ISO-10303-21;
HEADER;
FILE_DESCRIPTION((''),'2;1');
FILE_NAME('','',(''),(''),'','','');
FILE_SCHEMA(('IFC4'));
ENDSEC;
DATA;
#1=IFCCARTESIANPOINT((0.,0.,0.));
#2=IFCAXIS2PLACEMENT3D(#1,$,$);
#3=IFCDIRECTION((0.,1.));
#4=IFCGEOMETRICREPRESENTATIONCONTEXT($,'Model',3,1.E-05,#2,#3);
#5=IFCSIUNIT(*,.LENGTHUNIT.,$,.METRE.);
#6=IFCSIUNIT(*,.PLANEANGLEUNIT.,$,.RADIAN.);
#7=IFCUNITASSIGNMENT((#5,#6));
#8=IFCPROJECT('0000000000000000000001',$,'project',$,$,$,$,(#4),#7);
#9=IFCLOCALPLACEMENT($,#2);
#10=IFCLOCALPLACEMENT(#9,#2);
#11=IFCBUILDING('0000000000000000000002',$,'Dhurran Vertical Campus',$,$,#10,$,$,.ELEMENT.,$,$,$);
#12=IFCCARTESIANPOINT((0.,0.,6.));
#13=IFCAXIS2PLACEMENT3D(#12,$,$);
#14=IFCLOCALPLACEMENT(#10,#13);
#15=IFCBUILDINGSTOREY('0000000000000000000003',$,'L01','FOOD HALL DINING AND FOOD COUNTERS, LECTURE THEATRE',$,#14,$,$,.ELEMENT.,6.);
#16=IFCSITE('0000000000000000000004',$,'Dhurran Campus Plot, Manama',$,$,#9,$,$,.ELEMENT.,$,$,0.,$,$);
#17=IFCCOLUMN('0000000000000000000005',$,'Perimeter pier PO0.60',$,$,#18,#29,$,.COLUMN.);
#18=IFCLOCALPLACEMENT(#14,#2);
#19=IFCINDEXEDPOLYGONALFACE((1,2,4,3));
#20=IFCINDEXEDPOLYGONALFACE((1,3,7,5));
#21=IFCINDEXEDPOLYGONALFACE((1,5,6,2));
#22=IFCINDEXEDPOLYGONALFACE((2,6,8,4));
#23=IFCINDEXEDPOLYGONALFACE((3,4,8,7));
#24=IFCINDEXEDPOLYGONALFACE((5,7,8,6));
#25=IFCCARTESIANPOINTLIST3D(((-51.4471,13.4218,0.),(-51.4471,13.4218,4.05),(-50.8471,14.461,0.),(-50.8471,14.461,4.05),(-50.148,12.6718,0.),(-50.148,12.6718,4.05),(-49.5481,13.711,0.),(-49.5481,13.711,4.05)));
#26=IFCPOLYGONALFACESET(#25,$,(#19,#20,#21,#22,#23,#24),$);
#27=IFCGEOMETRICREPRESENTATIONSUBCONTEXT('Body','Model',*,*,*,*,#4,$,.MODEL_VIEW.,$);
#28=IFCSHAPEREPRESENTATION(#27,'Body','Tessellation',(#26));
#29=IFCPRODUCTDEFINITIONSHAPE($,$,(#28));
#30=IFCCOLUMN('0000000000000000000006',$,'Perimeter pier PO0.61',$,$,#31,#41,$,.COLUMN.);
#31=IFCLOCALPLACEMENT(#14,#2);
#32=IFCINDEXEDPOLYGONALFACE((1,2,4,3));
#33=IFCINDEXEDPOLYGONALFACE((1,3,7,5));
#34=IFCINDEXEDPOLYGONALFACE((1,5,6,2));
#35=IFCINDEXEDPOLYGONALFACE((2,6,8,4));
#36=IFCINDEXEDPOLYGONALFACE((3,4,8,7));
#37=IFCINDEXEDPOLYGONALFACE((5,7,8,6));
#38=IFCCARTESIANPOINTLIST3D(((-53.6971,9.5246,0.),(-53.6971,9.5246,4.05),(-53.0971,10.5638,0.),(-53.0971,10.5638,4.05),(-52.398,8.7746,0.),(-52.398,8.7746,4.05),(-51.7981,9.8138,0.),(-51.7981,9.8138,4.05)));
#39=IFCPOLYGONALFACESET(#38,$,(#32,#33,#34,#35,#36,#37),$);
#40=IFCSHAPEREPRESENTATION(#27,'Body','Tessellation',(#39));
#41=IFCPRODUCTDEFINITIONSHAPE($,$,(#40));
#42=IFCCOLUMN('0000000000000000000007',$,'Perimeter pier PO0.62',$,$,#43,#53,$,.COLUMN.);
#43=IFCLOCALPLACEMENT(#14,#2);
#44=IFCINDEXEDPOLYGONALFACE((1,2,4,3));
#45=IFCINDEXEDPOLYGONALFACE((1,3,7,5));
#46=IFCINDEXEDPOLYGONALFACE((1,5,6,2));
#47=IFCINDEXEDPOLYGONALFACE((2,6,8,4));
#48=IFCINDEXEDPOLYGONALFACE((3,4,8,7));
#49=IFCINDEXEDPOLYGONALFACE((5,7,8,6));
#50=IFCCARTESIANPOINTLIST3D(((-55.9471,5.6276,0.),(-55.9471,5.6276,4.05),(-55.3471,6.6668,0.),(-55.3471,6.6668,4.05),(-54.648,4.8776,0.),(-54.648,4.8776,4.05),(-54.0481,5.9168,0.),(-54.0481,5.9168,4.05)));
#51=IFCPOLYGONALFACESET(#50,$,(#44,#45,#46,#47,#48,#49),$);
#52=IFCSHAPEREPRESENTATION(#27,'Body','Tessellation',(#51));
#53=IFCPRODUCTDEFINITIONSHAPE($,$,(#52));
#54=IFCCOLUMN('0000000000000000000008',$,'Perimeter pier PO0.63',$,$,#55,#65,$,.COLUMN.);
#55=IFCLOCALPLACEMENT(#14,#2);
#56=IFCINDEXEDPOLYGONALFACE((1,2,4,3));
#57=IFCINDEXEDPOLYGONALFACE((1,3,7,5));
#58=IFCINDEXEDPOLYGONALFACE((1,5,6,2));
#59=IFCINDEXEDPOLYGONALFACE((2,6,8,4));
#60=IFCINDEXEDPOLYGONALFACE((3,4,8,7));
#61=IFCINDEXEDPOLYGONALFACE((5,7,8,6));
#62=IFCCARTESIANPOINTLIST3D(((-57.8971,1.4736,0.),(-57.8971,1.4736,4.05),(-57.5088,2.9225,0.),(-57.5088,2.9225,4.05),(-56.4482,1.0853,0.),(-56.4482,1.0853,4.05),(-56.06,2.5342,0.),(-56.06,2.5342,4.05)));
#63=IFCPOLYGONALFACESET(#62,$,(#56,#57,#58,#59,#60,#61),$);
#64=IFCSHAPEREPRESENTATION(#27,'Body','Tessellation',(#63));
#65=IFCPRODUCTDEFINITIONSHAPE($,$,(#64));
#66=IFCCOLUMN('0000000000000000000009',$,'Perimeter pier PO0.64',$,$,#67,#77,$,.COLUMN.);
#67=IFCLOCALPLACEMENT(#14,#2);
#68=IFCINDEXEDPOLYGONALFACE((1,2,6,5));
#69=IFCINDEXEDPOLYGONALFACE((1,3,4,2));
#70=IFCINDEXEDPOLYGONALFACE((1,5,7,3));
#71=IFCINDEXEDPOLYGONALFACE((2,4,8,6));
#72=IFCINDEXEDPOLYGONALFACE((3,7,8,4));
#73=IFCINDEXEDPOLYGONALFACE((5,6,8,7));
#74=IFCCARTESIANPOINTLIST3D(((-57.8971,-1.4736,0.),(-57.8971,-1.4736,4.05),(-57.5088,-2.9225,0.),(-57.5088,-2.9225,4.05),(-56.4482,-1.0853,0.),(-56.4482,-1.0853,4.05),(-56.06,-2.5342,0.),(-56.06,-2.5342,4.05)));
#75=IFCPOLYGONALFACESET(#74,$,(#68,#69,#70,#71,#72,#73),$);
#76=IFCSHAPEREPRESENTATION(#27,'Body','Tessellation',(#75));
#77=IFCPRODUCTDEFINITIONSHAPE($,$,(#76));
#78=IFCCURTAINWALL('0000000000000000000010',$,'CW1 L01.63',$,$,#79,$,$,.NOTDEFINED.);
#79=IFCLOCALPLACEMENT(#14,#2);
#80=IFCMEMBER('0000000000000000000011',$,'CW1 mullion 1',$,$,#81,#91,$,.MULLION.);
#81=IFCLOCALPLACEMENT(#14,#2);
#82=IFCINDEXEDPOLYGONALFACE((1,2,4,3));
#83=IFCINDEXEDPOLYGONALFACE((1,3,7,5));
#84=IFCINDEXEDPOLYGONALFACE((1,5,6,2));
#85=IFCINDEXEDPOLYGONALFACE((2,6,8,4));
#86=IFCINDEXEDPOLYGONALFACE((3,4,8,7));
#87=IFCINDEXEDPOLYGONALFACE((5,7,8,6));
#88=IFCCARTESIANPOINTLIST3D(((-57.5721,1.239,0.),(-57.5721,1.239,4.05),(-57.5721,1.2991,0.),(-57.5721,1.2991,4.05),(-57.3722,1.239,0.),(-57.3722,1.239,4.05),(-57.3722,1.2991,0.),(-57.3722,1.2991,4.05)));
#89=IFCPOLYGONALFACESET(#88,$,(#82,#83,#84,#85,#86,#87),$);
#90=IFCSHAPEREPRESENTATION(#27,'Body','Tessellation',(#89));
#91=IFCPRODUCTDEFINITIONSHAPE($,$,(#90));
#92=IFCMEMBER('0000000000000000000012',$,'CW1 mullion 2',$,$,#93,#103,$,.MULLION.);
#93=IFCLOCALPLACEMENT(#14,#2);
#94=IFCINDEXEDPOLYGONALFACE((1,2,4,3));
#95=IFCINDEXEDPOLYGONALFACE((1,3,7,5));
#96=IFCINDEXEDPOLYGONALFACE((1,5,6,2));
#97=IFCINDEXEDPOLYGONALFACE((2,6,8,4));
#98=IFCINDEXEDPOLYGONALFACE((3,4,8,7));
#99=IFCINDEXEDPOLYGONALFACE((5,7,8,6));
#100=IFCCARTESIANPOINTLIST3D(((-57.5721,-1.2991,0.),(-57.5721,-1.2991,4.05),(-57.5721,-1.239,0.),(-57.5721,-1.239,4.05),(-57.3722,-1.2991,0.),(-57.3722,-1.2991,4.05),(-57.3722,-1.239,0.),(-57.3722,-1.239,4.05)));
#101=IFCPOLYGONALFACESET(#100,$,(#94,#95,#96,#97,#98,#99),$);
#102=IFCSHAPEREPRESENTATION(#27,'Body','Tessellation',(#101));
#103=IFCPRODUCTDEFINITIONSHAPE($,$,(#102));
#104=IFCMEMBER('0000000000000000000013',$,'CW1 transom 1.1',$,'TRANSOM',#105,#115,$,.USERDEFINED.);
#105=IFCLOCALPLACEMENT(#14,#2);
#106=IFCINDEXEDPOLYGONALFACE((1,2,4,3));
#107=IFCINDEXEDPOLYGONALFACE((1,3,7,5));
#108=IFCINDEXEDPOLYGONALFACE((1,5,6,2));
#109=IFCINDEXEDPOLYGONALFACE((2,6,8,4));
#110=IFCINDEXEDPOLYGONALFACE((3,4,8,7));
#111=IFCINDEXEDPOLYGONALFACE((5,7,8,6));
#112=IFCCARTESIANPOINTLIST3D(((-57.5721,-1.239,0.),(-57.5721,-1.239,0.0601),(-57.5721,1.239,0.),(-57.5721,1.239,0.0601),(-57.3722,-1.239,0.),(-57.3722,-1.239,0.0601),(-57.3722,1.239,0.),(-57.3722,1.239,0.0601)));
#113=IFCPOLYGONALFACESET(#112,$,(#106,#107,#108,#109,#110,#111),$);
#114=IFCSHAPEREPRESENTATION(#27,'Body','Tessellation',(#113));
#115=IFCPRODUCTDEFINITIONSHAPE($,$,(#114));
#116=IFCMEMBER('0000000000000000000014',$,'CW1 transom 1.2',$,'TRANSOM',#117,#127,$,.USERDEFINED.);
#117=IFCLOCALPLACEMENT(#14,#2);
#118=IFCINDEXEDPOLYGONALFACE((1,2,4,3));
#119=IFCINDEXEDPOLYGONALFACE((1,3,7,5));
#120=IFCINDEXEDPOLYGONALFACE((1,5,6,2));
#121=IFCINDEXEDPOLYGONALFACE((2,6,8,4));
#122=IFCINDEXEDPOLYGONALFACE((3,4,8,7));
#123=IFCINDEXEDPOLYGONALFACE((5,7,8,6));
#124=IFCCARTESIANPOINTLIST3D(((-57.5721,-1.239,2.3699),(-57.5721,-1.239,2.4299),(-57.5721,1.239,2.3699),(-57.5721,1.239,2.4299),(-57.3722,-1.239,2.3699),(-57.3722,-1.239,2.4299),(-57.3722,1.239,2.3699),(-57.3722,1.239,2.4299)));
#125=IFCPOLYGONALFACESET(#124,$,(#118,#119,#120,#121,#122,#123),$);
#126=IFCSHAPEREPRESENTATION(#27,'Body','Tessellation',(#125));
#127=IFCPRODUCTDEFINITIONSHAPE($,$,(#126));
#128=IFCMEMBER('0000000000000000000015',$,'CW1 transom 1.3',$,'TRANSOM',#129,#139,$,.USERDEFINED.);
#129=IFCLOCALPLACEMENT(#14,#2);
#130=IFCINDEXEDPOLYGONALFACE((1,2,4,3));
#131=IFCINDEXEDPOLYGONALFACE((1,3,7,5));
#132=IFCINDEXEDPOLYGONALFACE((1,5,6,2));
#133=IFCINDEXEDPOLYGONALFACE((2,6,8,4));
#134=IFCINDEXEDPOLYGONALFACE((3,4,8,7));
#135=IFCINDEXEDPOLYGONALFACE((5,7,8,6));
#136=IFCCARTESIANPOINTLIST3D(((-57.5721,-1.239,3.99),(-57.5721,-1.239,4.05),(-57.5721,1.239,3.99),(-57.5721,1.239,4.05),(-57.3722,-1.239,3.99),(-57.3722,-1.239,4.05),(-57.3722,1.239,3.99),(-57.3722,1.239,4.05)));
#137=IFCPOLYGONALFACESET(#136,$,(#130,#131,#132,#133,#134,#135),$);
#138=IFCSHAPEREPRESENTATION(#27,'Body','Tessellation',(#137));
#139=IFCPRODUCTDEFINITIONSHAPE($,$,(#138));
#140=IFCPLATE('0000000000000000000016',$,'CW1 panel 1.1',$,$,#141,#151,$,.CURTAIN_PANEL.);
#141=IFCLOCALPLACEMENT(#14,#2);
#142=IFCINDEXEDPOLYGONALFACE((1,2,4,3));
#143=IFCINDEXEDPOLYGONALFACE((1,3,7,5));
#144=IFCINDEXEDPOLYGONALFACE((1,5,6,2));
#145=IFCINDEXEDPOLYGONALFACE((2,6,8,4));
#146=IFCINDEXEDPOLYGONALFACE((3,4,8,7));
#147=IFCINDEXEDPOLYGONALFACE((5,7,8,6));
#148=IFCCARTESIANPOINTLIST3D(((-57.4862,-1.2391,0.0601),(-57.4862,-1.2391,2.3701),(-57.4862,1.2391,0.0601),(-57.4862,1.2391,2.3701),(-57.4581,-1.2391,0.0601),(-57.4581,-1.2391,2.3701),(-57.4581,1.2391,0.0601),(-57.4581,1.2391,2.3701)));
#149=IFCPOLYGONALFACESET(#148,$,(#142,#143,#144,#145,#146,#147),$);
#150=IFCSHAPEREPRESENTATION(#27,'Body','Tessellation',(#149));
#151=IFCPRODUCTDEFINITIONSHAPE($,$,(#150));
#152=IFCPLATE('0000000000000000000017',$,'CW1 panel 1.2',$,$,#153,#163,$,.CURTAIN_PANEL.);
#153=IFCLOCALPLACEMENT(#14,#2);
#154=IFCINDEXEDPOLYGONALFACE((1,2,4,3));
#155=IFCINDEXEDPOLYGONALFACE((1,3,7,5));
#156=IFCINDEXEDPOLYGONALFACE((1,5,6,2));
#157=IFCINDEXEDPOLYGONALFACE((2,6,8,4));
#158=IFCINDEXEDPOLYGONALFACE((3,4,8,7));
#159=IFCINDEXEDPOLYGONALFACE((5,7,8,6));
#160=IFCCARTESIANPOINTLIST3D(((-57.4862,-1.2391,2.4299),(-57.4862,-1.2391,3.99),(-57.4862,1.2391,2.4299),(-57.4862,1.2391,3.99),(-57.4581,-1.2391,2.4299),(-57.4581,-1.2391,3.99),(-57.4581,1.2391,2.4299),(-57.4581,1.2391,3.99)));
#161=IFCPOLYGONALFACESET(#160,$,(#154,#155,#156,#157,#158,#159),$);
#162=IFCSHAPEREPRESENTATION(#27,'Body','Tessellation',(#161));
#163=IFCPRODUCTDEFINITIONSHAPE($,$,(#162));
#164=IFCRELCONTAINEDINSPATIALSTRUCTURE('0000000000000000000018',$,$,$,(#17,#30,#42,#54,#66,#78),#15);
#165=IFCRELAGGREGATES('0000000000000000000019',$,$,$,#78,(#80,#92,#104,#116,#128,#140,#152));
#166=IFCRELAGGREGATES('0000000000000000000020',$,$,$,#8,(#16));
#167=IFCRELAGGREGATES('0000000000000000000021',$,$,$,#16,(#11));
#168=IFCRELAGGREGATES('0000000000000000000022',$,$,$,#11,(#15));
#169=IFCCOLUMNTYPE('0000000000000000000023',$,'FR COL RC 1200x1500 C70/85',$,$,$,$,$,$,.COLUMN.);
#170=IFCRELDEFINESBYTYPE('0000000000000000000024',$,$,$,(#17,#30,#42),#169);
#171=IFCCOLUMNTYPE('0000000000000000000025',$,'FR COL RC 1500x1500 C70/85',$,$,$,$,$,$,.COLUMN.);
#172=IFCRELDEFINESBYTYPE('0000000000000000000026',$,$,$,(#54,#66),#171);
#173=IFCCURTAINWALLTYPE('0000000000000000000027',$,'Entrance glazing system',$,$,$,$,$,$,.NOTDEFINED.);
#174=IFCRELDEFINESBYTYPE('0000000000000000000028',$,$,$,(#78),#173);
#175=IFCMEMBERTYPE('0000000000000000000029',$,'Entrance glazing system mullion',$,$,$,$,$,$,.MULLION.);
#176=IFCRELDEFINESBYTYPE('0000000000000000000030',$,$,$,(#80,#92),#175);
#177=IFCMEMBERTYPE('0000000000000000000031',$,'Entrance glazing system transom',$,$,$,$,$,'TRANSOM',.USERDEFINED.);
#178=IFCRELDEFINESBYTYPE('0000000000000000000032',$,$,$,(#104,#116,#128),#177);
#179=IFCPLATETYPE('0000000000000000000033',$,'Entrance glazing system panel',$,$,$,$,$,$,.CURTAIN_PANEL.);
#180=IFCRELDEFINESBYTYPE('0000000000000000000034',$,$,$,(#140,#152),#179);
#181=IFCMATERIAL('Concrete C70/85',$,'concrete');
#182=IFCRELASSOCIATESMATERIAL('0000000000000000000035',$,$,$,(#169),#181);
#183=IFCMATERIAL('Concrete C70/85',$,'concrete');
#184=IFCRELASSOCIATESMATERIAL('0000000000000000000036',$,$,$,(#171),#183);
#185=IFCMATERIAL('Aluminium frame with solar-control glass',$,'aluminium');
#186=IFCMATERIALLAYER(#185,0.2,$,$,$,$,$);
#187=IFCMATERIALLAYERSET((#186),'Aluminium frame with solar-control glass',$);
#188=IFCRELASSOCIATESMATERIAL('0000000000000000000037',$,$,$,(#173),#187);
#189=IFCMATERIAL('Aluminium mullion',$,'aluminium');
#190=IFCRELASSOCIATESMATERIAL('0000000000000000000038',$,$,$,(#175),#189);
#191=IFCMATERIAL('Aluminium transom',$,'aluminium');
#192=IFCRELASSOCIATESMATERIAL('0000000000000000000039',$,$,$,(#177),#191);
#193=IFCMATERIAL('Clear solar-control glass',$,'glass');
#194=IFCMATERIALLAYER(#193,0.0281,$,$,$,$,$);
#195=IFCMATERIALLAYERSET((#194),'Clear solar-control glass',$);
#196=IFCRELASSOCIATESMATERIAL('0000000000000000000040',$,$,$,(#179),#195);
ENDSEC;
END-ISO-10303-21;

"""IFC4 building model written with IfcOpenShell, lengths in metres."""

from ifc_helpers import new_model, si_unit, direction, frame, origin, origin_2d, place, context, subcontext, project, spatial, rectangle, extrude, material, layer, layer_set, material_profile, profile_set, type_object, element, aggregate, save


model = new_model("IFC4")

# Units and contexts
model_context = context("Model", 3, precision=1e-05, world=origin(), true_north=direction((0.0, 1.0)))
body_context = subcontext(model_context, "Body", "Model", "MODEL_VIEW")
ifc_project = project(units=[si_unit("LENGTHUNIT", "METRE"), si_unit("PLANEANGLEUNIT", "RADIAN")], contexts=[model_context])

# Site, building, storey
site_placement = place(None, origin())
site = spatial("IfcSite", under=ifc_project, at=site_placement, Name="Dhurran Campus Plot, Manama", CompositionType="ELEMENT", RefElevation=0.0)
building_placement = place(site_placement, origin())
building = spatial("IfcBuilding", under=site, at=building_placement, Name="Dhurran Vertical Campus", CompositionType="ELEMENT")
storey_placement = place(building_placement, frame((0.0, 0.0, 6.0)))
storey = spatial("IfcBuildingStorey", under=building, at=storey_placement, Name="L01", Description="FOOD HALL DINING AND FOOD COUNTERS, LECTURE THEATRE", CompositionType="ELEMENT", Elevation=6.0)

# Columns
ifc_material_1 = material(Name="Concrete C70/85", Category="concrete")
ifc_material_profile_1 = material_profile(ifc_material_1, rectangle(XDim=1.2, YDim=1.5, at=origin_2d()), Name="RC 1200x1500")
ifc_profile_set_1 = profile_set([ifc_material_profile_1], Name="Concrete C70/85")
column_type_1 = type_object("IfcColumnType", Name="FR COL RC 1200x1500 C70/85", PredefinedType="COLUMN", material=ifc_profile_set_1)
for number, where, z_axis, x_axis, name in (
    (1, (-50.4976, 13.5664, 0.0), (0.0, 0.0, 1.0), (-0.5, -0.866025, 0.0), "Perimeter pier PO0.60"),
    (2, (-52.7476, 9.6692, 0.0), (0.0, 0.0, 1.0), (-0.5, -0.866025, 0.0), "Perimeter pier PO0.61"),
    (3, (-54.9976, 5.7722, 0.0), (0.0, 0.0, 1.0), (-0.5, -0.866025, 0.0), "Perimeter pier PO0.62"),
):
    element("IfcColumn", number, at=place(storey_placement, frame(where, z_axis=z_axis, x_axis=x_axis)), inside=storey, type_object=column_type_1, Name=name, PredefinedType="COLUMN", context=body_context, shape_type="SweptSolid", body=[
        extrude(rectangle(XDim=1.2, YDim=1.5, at=origin_2d()), origin(), (0.0, 0.0, 1.0), 4.05),
    ])
ifc_material_2 = material(Name="Concrete C70/85", Category="concrete")
ifc_material_profile_2 = material_profile(ifc_material_2, rectangle(XDim=1.5, YDim=1.5, at=origin_2d()), Name="RC 1500x1500")
ifc_profile_set_2 = profile_set([ifc_material_profile_2], Name="Concrete C70/85")
column_type_2 = type_object("IfcColumnType", Name="FR COL RC 1500x1500 C70/85", PredefinedType="COLUMN", material=ifc_profile_set_2)
for number, where, z_axis, x_axis, name in (
    (4, (-56.9785, 2.0039, 0.0), (0.0, 0.0, 1.0), (-0.258819, -0.965926, 0.0), "Perimeter pier PO0.63"),
    (5, (-56.9785, -2.0039, 0.0), (0.0, 0.0, 1.0), (0.258819, -0.965926, 0.0), "Perimeter pier PO0.64"),
):
    element("IfcColumn", number, at=place(storey_placement, frame(where, z_axis=z_axis, x_axis=x_axis)), inside=storey, type_object=column_type_2, Name=name, PredefinedType="COLUMN", context=body_context, shape_type="SweptSolid", body=[
        extrude(rectangle(XDim=1.5, YDim=1.5, at=origin_2d()), origin(), (0.0, 0.0, 1.0), 4.05),
    ])

# Curtain wall, members, plates
ifc_material_3 = material(Name="Aluminium frame with solar-control glass", Category="aluminium")
ifc_layer_1 = layer(ifc_material_3, 0.2)
ifc_layer_set_1 = layer_set([ifc_layer_1], Name="Aluminium frame with solar-control glass")
curtain_wall_type = type_object("IfcCurtainWallType", Name="Entrance glazing system", PredefinedType="NOTDEFINED", material=ifc_layer_set_1)
curtain_wall_placement = place(storey_placement, origin())
curtain_wall = element("IfcCurtainWall", 6, at=curtain_wall_placement, inside=storey, type_object=curtain_wall_type, Name="CW1 L01.63", PredefinedType="NOTDEFINED")
ifc_material_4 = material(Name="Aluminium mullion", Category="aluminium")
ifc_material_profile_3 = material_profile(ifc_material_4, rectangle(XDim=0.2, YDim=0.0601, at=origin_2d()), Name="Entrance glazing system mullion")
ifc_profile_set_3 = profile_set([ifc_material_profile_3], Name="Aluminium mullion")
member_type_1 = type_object("IfcMemberType", Name="Entrance glazing system mullion", PredefinedType="MULLION", material=ifc_profile_set_3)
member_1_placement = place(storey_placement, frame((-57.4722, 1.269, 0.0), z_axis=(0.0, 0.0, 1.0), x_axis=(1.0, 0.0, 0.0)))
member_1 = element("IfcMember", 7, at=member_1_placement, type_object=member_type_1, Name="CW1 mullion 1", PredefinedType="MULLION", context=body_context, shape_type="SweptSolid", body=[
    extrude(rectangle(XDim=0.2, YDim=0.0601, at=origin_2d()), origin(), (0.0, 0.0, 1.0), 4.05),
])
member_2_placement = place(storey_placement, frame((-57.4722, -1.269, 0.0), z_axis=(0.0, 0.0, 1.0), x_axis=(1.0, 0.0, 0.0)))
member_2 = element("IfcMember", 8, at=member_2_placement, type_object=member_type_1, Name="CW1 mullion 2", PredefinedType="MULLION", context=body_context, shape_type="SweptSolid", body=[
    extrude(rectangle(XDim=0.2, YDim=0.0601, at=origin_2d()), origin(), (0.0, 0.0, 1.0), 4.05),
])
ifc_material_5 = material(Name="Aluminium transom", Category="aluminium")
ifc_material_profile_4 = material_profile(ifc_material_5, rectangle(XDim=0.2, YDim=0.0601, at=origin_2d()), Name="Entrance glazing system transom")
ifc_profile_set_4 = profile_set([ifc_material_profile_4], Name="Aluminium transom")
member_type_2 = type_object("IfcMemberType", Name="Entrance glazing system transom", ElementType="TRANSOM", PredefinedType="USERDEFINED", material=ifc_profile_set_4)
member_3_placement = place(storey_placement, frame((-57.4722, 1.239, 0.03), z_axis=(0.0, -1.0, 0.0), x_axis=(1.0, 0.0, 0.0)))
member_3 = element("IfcMember", 9, at=member_3_placement, type_object=member_type_2, Name="CW1 transom 1.1", ObjectType="TRANSOM", PredefinedType="USERDEFINED", context=body_context, shape_type="SweptSolid", body=[
    extrude(rectangle(XDim=0.2, YDim=0.0601, at=origin_2d()), origin(), (0.0, 0.0, 1.0), 2.478),
])
member_4_placement = place(storey_placement, frame((-57.4722, 1.239, 2.3999), z_axis=(0.0, -1.0, 0.0), x_axis=(1.0, 0.0, 0.0)))
member_4 = element("IfcMember", 10, at=member_4_placement, type_object=member_type_2, Name="CW1 transom 1.2", ObjectType="TRANSOM", PredefinedType="USERDEFINED", context=body_context, shape_type="SweptSolid", body=[
    extrude(rectangle(XDim=0.2, YDim=0.0601, at=origin_2d()), origin(), (0.0, 0.0, 1.0), 2.478),
])
member_5_placement = place(storey_placement, frame((-57.4722, 1.239, 4.02), z_axis=(0.0, -1.0, 0.0), x_axis=(1.0, 0.0, 0.0)))
member_5 = element("IfcMember", 11, at=member_5_placement, type_object=member_type_2, Name="CW1 transom 1.3", ObjectType="TRANSOM", PredefinedType="USERDEFINED", context=body_context, shape_type="SweptSolid", body=[
    extrude(rectangle(XDim=0.2, YDim=0.0601, at=origin_2d()), origin(), (0.0, 0.0, 1.0), 2.478),
])
ifc_material_6 = material(Name="Clear solar-control glass", Category="glass")
ifc_layer_2 = layer(ifc_material_6, 0.0281)
ifc_layer_set_2 = layer_set([ifc_layer_2], Name="Clear solar-control glass")
plate_type = type_object("IfcPlateType", Name="Entrance glazing system panel", PredefinedType="CURTAIN_PANEL", material=ifc_layer_set_2)
plate_1_placement = place(storey_placement, frame((-57.4722, 0.0, 0.0601), z_axis=(0.0, 0.0, 1.0), x_axis=(0.0, -1.0, 0.0)))
plate_1 = element("IfcPlate", 12, at=plate_1_placement, type_object=plate_type, Name="CW1 panel 1.1", PredefinedType="CURTAIN_PANEL", context=body_context, shape_type="SweptSolid", body=[
    extrude(rectangle(XDim=2.4783, YDim=0.0281, at=origin_2d()), origin(), (0.0, 0.0, 1.0), 2.3101),
])
plate_2_placement = place(storey_placement, frame((-57.4722, 0.0, 2.4299), z_axis=(0.0, 0.0, 1.0), x_axis=(0.0, -1.0, 0.0)))
plate_2 = element("IfcPlate", 13, at=plate_2_placement, type_object=plate_type, Name="CW1 panel 1.2", PredefinedType="CURTAIN_PANEL", context=body_context, shape_type="SweptSolid", body=[
    extrude(rectangle(XDim=2.4783, YDim=0.0281, at=origin_2d()), origin(), (0.0, 0.0, 1.0), 1.5601),
])
aggregate(curtain_wall, [member_1, member_2, member_3, member_4, member_5, plate_1, plate_2])

save(model, "model.ifc")
